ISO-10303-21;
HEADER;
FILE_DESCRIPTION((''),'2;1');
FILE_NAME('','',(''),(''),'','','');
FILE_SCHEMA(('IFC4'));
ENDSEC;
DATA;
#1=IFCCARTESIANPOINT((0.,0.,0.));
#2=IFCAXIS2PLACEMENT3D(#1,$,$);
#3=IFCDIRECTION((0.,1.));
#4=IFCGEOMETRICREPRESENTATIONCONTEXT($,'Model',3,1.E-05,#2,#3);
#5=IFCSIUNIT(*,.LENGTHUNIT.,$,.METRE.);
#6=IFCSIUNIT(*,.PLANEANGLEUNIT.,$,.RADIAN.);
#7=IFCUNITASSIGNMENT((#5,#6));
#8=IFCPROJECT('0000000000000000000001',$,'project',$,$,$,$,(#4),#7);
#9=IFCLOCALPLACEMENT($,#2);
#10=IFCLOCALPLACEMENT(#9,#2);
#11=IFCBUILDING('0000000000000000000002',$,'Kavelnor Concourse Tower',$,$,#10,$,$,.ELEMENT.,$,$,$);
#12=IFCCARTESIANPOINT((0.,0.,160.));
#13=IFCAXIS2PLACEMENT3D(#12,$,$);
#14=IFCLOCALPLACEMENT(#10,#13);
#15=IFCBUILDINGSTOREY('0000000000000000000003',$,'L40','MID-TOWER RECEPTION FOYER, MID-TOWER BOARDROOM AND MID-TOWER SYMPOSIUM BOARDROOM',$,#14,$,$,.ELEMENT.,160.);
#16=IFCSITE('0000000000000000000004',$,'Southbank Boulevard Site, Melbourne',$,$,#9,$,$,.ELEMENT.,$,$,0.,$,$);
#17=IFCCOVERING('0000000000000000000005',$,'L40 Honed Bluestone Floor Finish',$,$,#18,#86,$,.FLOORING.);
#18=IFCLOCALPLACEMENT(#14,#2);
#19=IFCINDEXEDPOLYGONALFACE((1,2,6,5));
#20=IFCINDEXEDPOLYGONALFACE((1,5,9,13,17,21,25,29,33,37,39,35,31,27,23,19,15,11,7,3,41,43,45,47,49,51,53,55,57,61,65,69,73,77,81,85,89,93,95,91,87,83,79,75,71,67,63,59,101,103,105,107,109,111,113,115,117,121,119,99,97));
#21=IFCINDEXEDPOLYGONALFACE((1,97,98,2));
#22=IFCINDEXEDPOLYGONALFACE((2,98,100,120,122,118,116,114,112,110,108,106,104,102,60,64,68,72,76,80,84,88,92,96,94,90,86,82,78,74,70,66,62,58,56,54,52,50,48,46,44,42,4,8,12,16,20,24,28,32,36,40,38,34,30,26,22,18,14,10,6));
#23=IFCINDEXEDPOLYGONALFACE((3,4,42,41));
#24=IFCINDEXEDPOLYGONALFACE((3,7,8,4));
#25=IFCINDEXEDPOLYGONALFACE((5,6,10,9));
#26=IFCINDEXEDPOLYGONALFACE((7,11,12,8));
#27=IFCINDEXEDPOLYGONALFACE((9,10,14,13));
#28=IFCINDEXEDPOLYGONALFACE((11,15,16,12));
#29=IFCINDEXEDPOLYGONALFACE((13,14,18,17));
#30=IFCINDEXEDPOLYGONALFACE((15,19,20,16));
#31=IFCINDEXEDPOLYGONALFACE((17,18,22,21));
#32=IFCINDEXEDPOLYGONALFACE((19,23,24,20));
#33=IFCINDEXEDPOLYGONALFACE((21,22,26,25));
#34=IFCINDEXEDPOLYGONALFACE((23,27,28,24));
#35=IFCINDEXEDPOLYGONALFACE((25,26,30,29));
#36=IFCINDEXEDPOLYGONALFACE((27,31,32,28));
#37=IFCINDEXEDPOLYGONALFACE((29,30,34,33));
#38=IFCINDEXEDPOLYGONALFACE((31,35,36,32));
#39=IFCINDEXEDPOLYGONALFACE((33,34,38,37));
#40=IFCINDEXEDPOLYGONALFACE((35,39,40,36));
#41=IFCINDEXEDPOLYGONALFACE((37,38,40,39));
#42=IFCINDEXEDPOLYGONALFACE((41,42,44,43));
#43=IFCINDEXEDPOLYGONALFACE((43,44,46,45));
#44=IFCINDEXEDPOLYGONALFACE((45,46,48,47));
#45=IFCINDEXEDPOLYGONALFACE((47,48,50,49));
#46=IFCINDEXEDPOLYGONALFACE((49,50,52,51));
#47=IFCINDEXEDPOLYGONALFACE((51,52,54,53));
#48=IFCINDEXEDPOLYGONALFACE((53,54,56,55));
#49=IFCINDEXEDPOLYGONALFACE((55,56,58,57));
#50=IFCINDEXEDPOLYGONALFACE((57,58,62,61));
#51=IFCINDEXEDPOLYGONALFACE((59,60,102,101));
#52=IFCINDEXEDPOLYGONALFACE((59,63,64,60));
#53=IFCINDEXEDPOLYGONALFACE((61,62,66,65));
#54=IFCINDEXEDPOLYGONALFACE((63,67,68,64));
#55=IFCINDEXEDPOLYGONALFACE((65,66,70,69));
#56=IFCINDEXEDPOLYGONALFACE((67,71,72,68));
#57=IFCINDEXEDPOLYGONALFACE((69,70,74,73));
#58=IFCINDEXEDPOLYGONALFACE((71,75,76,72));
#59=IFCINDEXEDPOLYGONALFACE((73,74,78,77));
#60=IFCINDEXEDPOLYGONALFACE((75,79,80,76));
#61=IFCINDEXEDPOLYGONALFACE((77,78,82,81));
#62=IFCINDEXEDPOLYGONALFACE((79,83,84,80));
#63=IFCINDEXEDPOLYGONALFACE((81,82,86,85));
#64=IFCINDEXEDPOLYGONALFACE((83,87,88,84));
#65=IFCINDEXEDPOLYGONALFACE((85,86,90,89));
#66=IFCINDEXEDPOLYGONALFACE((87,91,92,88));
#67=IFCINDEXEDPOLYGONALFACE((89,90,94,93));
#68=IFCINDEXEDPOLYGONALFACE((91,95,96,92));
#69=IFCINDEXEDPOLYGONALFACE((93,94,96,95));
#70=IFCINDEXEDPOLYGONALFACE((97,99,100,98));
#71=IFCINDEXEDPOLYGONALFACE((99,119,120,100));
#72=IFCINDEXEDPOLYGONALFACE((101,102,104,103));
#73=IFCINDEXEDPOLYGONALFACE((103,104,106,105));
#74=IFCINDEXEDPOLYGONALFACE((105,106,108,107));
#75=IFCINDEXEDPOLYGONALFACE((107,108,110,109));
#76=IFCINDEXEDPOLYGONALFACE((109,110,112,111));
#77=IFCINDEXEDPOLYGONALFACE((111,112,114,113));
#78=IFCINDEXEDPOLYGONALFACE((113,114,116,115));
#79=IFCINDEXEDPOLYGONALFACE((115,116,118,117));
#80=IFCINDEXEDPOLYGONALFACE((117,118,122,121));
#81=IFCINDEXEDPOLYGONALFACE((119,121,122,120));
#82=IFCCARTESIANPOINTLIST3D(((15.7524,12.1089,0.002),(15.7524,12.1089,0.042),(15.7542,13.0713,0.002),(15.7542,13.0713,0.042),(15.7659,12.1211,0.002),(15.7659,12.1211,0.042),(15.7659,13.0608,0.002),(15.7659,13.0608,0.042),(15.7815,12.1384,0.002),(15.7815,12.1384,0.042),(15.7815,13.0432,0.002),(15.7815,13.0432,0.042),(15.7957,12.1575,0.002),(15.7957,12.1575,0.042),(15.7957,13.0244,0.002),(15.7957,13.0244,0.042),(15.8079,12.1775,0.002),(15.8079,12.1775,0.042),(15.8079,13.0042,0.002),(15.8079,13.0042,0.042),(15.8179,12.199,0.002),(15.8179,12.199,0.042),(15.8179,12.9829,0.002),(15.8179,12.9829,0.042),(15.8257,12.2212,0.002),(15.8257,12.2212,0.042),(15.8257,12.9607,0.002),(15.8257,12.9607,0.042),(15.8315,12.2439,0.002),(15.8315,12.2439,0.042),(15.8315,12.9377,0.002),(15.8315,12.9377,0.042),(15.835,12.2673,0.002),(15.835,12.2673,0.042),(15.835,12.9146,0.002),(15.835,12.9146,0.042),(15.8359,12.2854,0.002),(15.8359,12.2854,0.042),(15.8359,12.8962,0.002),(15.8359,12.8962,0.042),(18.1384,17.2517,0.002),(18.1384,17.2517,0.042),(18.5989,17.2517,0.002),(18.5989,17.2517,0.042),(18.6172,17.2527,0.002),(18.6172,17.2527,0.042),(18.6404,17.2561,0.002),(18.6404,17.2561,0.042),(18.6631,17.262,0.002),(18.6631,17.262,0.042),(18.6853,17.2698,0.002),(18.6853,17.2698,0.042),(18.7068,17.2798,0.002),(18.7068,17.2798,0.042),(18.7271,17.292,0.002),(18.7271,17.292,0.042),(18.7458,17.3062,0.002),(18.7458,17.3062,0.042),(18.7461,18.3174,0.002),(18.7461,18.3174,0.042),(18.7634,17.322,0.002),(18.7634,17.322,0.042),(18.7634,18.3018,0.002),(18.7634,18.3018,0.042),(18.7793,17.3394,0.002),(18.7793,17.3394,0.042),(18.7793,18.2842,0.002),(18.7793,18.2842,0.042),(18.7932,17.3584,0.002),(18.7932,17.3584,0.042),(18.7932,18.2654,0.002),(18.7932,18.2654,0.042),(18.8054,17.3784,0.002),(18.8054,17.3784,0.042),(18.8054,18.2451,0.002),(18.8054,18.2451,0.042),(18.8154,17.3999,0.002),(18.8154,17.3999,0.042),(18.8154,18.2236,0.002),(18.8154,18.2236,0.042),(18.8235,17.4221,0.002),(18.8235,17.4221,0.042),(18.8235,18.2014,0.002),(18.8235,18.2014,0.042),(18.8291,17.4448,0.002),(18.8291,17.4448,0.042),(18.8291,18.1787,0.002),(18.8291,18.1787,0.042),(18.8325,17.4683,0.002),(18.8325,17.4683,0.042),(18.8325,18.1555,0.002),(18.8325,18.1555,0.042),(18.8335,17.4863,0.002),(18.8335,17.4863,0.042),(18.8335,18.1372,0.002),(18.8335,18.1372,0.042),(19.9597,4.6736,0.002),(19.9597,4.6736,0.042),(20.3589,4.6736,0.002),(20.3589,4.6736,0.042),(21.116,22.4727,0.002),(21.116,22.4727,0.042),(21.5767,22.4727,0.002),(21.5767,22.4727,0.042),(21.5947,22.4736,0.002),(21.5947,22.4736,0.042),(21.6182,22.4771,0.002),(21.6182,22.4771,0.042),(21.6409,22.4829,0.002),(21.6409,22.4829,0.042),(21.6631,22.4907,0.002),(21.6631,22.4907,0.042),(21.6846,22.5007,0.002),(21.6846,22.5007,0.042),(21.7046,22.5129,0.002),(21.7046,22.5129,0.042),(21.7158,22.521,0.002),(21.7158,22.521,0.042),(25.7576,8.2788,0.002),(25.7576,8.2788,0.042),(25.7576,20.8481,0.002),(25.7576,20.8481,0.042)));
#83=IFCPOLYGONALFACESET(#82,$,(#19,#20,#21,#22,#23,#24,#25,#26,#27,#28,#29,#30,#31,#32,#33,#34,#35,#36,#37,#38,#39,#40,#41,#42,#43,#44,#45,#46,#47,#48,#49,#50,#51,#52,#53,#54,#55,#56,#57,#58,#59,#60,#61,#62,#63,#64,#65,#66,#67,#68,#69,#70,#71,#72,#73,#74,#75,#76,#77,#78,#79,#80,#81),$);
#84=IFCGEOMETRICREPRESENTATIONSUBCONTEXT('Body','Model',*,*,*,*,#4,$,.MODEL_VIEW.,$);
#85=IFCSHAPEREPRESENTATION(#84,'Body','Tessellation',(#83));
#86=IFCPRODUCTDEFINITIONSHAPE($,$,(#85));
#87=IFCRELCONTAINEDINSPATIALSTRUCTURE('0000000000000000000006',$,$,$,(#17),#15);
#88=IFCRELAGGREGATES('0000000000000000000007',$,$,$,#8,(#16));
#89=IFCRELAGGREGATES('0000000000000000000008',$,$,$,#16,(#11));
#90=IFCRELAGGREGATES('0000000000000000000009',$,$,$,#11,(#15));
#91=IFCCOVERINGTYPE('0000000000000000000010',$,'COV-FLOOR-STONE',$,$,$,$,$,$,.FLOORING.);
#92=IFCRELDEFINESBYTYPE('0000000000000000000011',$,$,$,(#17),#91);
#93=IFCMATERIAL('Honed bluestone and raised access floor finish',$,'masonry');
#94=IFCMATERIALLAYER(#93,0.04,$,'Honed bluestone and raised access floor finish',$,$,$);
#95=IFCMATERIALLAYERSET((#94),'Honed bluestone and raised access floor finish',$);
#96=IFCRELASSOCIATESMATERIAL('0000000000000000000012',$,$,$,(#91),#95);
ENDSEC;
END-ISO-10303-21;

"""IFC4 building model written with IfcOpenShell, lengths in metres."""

from ifc_helpers import new_model, si_unit, direction, frame, origin, place, context, subcontext, project, spatial, polyline, outline, extrude, material, layer, layer_set, type_object, element, save


model = new_model("IFC4")

# Units and contexts
model_context = context("Model", 3, precision=1e-05, world=origin(), true_north=direction((0.0, 1.0)))
body_context = subcontext(model_context, "Body", "Model", "MODEL_VIEW")
ifc_project = project(units=[si_unit("LENGTHUNIT", "METRE"), si_unit("PLANEANGLEUNIT", "RADIAN")], contexts=[model_context])

# Site, building, storey
site_placement = place(None, origin())
site = spatial("IfcSite", under=ifc_project, at=site_placement, Name="Southbank Boulevard Site, Melbourne", CompositionType="ELEMENT", RefElevation=0.0)
building_placement = place(site_placement, origin())
building = spatial("IfcBuilding", under=site, at=building_placement, Name="Kavelnor Concourse Tower", CompositionType="ELEMENT")
storey_placement = place(building_placement, frame((0.0, 0.0, 160.0)))
storey = spatial("IfcBuildingStorey", under=building, at=storey_placement, Name="L40", Description="MID-TOWER RECEPTION FOYER, MID-TOWER BOARDROOM AND MID-TOWER SYMPOSIUM BOARDROOM", CompositionType="ELEMENT", Elevation=160.0)

# Covering
ifc_material_1 = material(Name="Honed bluestone and raised access floor finish", Category="masonry")
ifc_layer_1 = layer(ifc_material_1, 0.04, Name="Honed bluestone and raised access floor finish")
ifc_layer_set_1 = layer_set([ifc_layer_1], Name="Honed bluestone and raised access floor finish")
covering_type_1 = type_object("IfcCoveringType", Name="COV-FLOOR-STONE", PredefinedType="FLOORING", material=ifc_layer_set_1)
covering_1_placement = place(storey_placement, frame((0.0, 0.0, 0.002)))
element("IfcCovering", 1, at=covering_1_placement, inside=storey, type_object=covering_type_1, Name="L40 Honed Bluestone Floor Finish", PredefinedType="FLOORING", context=body_context, shape_type="SweptSolid", body=[
    extrude(outline(polyline([(15.7659, 12.1211), (15.7815, 12.1384), (15.7957, 12.1575), (15.8079, 12.1775), (15.8179, 12.199), (15.8257, 12.2212), (15.8315, 12.2439), (15.835, 12.2673), (15.8359, 12.2854), (15.8359, 12.8962), (15.835, 12.9146), (15.8315, 12.9377), (15.8257, 12.9607), (15.8179, 12.9829), (15.8079, 13.0042), (15.7957, 13.0244), (15.7815, 13.0432), (15.7659, 13.0608), (15.7542, 13.0713), (18.1384, 17.2517), (18.5989, 17.2517), (18.6172, 17.2527), (18.6404, 17.2561), (18.6631, 17.262), (18.6853, 17.2698), (18.7068, 17.2798), (18.7271, 17.292), (18.7458, 17.3062), (18.7634, 17.322), (18.7793, 17.3394), (18.7932, 17.3584), (18.8054, 17.3784), (18.8154, 17.3999), (18.8235, 17.4221), (18.8291, 17.4448), (18.8325, 17.4683), (18.8335, 17.4863), (18.8335, 18.1372), (18.8325, 18.1555), (18.8291, 18.1787), (18.8235, 18.2014), (18.8154, 18.2236), (18.8054, 18.2451), (18.7932, 18.2654), (18.7793, 18.2842), (18.7634, 18.3018), (18.7461, 18.3174), (21.116, 22.4727), (21.5767, 22.4727), (21.5947, 22.4736), (21.6182, 22.4771), (21.6409, 22.4829), (21.6631, 22.4907), (21.6846, 22.5007), (21.7046, 22.5129), (21.7158, 22.521), (25.7576, 20.8481), (25.7576, 8.2788), (20.3589, 4.6736), (19.9597, 4.6736), (15.7524, 12.1089), (15.7659, 12.1211)])), origin(), (0.0, 0.0, 1.0), 0.04),
])

save(model, "model.ifc")
